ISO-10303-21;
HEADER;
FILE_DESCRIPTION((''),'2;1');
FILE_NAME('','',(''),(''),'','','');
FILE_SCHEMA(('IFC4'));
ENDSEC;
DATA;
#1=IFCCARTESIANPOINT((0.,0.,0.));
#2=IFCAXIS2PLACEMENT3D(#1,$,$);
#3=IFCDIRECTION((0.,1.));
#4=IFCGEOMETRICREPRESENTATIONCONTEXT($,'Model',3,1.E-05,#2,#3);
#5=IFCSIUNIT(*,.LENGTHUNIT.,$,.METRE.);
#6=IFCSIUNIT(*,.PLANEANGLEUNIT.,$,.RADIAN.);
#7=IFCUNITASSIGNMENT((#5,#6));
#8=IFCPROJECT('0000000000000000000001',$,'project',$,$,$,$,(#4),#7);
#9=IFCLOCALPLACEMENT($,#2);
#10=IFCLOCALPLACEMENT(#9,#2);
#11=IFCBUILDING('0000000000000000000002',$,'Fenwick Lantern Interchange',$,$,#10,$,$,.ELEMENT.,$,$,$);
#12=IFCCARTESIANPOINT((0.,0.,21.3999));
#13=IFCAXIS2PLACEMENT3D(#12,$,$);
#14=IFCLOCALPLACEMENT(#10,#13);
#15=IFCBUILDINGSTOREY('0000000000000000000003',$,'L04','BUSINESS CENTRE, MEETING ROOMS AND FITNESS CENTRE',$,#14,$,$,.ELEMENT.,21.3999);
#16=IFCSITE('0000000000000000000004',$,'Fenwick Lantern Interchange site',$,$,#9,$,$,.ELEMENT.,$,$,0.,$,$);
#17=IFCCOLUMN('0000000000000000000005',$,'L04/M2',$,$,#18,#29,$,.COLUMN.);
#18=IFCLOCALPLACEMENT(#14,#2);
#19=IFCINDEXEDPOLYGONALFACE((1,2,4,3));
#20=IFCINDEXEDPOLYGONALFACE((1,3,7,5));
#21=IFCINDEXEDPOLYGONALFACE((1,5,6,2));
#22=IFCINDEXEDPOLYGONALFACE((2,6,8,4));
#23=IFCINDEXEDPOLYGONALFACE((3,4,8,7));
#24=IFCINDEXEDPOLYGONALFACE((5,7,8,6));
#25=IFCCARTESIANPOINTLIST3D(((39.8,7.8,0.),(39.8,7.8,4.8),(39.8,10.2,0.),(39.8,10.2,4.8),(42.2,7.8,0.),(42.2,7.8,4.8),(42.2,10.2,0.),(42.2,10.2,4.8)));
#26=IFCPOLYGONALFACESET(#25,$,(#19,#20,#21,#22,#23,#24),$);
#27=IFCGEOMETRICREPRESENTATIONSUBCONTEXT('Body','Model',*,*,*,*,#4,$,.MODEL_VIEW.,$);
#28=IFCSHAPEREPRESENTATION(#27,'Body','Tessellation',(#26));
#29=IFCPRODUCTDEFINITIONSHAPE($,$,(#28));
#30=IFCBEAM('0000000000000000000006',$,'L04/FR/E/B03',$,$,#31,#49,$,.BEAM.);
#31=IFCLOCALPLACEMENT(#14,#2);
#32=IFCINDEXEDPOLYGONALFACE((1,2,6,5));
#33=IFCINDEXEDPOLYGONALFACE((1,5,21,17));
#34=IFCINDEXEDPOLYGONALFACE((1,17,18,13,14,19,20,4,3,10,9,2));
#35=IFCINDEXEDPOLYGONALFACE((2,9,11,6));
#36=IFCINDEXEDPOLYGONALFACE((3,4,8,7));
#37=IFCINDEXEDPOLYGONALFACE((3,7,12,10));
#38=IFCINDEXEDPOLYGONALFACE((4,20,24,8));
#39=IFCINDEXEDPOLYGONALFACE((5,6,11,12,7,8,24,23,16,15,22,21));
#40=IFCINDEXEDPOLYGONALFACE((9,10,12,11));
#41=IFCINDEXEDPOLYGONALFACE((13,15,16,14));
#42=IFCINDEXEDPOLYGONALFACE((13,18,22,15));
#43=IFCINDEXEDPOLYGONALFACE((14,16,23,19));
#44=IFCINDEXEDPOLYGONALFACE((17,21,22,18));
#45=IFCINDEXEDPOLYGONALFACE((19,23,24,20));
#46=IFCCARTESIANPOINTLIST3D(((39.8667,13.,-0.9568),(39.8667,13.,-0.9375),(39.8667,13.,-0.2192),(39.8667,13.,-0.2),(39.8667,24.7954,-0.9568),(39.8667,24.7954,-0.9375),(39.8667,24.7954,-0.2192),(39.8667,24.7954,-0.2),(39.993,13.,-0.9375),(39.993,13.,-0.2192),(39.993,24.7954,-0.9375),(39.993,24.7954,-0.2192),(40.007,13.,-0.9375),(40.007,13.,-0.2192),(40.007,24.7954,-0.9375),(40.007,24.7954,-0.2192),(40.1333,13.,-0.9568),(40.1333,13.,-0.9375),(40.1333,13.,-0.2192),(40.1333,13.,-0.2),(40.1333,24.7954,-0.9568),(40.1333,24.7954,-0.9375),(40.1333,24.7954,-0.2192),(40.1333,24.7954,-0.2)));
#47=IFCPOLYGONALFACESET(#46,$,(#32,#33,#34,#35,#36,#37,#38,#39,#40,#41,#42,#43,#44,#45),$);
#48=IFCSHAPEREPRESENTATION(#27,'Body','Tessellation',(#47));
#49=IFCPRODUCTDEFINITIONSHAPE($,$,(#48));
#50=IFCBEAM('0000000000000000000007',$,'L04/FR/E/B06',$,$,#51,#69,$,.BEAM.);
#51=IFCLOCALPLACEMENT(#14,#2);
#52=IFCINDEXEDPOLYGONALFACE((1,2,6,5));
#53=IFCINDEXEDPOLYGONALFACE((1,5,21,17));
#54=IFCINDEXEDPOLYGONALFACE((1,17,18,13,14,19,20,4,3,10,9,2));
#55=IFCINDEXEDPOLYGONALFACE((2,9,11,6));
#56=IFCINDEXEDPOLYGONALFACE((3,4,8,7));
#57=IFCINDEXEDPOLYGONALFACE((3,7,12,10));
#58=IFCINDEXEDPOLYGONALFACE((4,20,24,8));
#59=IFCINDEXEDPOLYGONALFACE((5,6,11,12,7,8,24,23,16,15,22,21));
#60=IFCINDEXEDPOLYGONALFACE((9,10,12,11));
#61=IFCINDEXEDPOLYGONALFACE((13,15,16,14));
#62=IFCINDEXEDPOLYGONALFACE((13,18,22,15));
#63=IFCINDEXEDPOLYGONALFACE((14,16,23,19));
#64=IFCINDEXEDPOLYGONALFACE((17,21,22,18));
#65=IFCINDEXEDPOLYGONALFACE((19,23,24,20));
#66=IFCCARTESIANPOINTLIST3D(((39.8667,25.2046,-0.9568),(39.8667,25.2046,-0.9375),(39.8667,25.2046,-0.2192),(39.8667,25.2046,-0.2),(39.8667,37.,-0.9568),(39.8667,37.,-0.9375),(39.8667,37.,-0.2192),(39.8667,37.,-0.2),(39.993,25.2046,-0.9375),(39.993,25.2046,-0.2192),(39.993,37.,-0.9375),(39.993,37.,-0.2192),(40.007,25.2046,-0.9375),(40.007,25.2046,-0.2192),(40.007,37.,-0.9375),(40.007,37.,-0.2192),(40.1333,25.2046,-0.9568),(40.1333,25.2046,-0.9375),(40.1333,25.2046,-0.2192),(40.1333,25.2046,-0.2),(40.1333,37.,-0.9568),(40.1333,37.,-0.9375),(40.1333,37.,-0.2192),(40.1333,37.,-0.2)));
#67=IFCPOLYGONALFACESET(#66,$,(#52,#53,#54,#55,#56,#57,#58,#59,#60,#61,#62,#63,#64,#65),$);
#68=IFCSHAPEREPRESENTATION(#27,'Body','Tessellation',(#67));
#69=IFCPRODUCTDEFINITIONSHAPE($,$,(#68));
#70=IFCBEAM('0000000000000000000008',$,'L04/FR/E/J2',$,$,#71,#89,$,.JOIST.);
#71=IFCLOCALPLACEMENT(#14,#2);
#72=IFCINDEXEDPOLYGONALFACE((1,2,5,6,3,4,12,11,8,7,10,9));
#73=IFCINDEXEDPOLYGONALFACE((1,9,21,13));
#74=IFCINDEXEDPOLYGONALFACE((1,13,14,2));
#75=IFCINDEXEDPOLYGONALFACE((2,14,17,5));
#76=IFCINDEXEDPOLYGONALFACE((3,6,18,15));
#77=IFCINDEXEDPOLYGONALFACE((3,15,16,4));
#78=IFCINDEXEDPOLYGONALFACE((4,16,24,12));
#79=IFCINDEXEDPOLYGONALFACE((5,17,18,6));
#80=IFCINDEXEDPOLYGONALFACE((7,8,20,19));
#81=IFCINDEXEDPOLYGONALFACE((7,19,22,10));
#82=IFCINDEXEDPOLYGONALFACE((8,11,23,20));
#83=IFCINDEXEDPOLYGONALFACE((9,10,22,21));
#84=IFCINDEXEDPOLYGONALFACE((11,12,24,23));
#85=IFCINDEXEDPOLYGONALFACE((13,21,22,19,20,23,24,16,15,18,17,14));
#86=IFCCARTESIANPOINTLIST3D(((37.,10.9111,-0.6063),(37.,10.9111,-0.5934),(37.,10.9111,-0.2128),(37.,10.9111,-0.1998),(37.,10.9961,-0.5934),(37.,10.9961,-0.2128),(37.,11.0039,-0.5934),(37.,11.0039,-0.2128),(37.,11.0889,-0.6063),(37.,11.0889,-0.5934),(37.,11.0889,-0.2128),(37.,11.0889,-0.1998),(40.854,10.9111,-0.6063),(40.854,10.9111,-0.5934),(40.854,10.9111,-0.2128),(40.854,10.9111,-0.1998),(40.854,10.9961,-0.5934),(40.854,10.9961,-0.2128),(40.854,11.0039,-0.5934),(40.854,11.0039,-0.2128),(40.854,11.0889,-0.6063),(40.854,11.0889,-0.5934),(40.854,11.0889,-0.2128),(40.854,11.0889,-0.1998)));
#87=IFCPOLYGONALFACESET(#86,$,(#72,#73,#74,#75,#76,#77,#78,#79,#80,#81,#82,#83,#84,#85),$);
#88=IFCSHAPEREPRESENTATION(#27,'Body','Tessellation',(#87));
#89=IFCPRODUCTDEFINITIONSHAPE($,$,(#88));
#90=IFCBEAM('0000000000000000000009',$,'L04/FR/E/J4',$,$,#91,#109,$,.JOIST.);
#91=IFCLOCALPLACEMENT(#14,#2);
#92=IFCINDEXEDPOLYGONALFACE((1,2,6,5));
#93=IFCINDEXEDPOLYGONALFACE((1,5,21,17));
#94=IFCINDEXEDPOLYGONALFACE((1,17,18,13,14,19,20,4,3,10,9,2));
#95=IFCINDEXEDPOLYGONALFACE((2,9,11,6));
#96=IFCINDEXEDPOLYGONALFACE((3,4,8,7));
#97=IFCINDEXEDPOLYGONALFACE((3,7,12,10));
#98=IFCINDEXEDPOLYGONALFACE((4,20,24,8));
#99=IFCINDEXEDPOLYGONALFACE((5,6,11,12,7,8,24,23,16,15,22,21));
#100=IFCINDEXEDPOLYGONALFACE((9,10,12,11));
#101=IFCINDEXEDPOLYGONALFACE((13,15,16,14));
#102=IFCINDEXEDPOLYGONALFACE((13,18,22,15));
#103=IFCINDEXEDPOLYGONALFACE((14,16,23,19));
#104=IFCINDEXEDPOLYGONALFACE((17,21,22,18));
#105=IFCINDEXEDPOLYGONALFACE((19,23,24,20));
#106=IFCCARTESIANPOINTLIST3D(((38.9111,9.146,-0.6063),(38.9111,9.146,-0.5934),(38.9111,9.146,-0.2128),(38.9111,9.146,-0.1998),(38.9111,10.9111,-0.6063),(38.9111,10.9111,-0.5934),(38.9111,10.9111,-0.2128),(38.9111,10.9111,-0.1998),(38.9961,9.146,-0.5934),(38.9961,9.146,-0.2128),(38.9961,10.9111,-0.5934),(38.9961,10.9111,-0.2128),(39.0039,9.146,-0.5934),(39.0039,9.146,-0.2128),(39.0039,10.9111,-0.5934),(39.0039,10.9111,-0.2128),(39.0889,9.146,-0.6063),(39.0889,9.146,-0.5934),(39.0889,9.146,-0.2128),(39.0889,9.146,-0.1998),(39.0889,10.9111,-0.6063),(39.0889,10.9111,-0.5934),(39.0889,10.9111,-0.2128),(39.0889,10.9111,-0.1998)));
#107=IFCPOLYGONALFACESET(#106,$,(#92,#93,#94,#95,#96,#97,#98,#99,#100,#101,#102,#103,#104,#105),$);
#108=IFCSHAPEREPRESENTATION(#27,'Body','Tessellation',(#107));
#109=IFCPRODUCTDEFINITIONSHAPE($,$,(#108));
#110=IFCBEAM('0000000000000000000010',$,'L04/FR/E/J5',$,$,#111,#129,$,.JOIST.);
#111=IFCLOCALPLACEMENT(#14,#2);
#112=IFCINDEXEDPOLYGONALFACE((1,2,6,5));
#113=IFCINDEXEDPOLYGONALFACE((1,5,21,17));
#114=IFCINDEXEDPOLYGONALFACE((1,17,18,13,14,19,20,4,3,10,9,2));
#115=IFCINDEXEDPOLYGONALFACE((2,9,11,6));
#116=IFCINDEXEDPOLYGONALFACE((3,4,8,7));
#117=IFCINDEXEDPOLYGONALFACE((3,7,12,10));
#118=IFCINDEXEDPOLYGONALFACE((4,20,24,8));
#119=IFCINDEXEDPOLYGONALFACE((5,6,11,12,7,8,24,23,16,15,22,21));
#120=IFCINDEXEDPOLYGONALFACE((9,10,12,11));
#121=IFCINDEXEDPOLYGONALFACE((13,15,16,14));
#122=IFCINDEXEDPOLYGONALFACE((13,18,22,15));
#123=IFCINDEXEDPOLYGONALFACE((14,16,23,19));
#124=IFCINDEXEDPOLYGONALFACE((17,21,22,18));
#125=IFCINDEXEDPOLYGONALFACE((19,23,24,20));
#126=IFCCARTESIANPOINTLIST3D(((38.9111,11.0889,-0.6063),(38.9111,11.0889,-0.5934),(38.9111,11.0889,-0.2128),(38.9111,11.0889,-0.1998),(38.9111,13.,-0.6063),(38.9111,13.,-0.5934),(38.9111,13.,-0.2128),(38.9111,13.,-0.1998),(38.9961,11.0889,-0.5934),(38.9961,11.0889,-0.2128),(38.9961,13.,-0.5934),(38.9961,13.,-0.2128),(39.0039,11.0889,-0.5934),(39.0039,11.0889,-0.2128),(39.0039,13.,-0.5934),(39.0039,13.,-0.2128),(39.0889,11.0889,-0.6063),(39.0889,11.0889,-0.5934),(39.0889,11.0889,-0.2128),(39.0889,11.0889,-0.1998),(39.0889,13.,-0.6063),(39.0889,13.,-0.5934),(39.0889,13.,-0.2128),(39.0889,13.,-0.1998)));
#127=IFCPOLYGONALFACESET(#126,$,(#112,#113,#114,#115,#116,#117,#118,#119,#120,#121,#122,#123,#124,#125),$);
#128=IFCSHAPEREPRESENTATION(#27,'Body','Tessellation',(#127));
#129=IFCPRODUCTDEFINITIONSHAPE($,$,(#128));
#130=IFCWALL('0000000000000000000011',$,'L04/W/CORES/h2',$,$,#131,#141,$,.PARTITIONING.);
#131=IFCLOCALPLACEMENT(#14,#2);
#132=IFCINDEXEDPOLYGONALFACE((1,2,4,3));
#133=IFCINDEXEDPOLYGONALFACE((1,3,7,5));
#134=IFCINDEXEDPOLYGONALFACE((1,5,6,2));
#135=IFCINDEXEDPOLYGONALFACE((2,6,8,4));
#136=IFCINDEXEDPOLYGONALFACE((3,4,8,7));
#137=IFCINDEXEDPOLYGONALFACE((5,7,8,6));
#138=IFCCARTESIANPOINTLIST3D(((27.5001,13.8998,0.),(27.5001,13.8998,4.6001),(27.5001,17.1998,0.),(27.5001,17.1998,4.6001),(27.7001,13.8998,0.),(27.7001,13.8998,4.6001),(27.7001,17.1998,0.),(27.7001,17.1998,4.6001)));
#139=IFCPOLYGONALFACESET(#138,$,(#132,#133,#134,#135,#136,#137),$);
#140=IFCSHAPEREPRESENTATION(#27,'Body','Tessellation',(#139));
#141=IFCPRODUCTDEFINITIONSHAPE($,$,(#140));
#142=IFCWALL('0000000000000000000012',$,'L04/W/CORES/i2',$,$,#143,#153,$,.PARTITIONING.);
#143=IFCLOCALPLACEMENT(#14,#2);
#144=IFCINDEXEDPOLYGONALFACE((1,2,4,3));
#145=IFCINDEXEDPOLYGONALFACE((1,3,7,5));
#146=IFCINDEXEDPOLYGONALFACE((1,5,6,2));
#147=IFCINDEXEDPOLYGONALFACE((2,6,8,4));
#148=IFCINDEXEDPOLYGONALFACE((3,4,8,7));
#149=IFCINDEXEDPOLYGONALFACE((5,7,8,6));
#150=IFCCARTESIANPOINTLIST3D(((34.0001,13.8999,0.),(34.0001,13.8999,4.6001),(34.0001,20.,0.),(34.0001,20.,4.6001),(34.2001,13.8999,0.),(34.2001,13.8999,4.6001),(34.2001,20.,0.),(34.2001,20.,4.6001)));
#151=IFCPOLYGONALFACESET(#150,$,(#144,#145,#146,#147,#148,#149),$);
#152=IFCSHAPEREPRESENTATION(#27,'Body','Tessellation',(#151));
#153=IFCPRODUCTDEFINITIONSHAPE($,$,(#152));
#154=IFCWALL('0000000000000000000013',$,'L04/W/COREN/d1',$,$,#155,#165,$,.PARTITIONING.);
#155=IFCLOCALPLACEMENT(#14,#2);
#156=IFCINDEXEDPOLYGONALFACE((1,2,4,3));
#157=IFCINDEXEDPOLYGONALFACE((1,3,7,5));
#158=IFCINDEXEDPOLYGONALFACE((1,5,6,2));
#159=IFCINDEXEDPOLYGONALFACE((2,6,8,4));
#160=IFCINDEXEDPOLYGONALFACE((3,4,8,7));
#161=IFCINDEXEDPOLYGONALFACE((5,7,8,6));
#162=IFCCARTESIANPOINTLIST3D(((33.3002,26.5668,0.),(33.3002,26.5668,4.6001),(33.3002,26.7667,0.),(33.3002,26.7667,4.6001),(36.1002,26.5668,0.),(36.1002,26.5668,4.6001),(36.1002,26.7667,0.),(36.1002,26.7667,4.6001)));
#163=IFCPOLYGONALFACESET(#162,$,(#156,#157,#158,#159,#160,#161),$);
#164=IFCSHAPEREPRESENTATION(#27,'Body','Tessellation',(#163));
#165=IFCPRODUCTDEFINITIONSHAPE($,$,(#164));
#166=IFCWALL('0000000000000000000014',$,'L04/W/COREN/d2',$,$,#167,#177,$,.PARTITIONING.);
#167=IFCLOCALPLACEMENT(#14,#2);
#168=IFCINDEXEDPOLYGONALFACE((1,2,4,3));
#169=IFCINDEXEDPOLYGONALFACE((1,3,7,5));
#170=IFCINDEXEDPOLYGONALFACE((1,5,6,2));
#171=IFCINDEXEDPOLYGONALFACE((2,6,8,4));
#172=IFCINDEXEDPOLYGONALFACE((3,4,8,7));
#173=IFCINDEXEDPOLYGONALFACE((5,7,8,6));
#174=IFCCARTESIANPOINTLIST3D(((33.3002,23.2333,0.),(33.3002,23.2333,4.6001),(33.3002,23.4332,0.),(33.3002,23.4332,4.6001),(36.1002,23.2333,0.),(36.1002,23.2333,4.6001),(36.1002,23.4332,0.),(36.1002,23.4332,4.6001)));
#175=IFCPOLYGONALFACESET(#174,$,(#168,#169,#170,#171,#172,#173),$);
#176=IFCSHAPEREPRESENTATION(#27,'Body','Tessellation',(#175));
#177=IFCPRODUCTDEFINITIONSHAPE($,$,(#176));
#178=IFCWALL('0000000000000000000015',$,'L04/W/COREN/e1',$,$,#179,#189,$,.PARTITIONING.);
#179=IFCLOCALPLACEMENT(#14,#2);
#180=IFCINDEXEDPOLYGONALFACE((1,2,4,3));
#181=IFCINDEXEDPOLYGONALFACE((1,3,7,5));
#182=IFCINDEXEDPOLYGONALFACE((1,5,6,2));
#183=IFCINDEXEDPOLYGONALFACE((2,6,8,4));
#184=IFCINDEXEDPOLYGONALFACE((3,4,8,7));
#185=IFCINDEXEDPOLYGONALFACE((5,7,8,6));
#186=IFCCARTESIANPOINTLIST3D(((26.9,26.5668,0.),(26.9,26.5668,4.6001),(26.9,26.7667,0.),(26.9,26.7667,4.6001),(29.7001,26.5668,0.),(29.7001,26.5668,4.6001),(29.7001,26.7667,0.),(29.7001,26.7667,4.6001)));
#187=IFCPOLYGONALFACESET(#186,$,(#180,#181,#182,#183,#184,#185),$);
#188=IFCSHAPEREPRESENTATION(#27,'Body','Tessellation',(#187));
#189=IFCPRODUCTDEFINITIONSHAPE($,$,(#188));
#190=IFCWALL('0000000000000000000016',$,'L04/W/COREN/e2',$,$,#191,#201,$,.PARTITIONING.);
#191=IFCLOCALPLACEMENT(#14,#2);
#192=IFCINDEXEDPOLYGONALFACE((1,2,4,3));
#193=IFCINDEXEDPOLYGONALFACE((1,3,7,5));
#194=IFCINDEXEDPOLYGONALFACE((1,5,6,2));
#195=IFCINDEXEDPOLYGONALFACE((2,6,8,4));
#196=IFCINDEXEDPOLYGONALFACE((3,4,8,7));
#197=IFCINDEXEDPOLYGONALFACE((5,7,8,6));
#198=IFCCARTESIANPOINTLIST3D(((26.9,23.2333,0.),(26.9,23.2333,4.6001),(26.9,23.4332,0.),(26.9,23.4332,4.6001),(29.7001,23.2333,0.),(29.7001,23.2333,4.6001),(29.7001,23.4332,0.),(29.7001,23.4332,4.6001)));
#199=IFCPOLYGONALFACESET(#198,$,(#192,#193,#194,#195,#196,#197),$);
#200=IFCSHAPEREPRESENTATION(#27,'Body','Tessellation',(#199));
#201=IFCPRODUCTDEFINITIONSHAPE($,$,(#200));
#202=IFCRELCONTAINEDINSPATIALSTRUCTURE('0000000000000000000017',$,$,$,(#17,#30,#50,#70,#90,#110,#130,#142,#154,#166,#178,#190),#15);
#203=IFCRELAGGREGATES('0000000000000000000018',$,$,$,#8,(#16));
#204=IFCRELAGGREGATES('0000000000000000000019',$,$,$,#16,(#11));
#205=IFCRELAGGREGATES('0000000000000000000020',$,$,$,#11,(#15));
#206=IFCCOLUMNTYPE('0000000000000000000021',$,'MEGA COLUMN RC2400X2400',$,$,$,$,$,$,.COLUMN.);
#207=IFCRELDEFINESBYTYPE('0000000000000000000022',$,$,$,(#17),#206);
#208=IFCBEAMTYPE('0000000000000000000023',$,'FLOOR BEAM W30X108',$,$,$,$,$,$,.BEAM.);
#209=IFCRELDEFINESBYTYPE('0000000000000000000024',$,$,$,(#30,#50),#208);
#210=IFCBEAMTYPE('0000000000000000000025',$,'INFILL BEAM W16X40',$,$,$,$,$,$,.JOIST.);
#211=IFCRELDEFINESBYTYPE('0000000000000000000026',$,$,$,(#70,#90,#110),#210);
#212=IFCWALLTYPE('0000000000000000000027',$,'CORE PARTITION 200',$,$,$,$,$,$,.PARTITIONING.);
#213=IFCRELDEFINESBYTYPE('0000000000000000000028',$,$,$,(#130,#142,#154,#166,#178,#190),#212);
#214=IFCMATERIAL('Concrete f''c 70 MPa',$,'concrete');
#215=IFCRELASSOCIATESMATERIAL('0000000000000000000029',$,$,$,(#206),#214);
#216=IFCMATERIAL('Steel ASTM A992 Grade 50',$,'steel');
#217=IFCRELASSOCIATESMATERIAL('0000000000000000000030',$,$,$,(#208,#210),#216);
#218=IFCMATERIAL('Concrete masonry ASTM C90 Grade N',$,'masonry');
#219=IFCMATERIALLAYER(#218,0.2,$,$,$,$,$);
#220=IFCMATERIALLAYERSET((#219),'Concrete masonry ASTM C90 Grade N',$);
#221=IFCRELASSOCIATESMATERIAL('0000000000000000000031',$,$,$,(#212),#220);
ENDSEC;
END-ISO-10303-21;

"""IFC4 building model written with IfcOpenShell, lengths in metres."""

from ifc_helpers import new_model, si_unit, direction, frame, frame_2d, origin, origin_2d, place, context, subcontext, project, spatial, rectangle, i_section, extrude, material, layer, layer_set, material_profile, profile_set, type_object, element, save


model = new_model("IFC4")

# Units and contexts
model_context = context("Model", 3, precision=1e-05, world=origin(), true_north=direction((0.0, 1.0)))
body_context = subcontext(model_context, "Body", "Model", "MODEL_VIEW")
ifc_project = project(units=[si_unit("LENGTHUNIT", "METRE"), si_unit("PLANEANGLEUNIT", "RADIAN")], contexts=[model_context])

# Site, building, storey
site_placement = place(None, origin())
site = spatial("IfcSite", under=ifc_project, at=site_placement, Name="Fenwick Lantern Interchange site", CompositionType="ELEMENT", RefElevation=0.0)
building_placement = place(site_placement, origin())
building = spatial("IfcBuilding", under=site, at=building_placement, Name="Fenwick Lantern Interchange", CompositionType="ELEMENT")
storey_placement = place(building_placement, frame((0.0, 0.0, 21.3999)))
storey = spatial("IfcBuildingStorey", under=building, at=storey_placement, Name="L04", Description="BUSINESS CENTRE, MEETING ROOMS AND FITNESS CENTRE", CompositionType="ELEMENT", Elevation=21.3999)

# Column
ifc_material_1 = material(Name="Concrete f'c 70 MPa", Category="concrete")
ifc_material_profile_1 = material_profile(ifc_material_1, rectangle(XDim=2.3999, YDim=2.3999, at=origin_2d()), Name="RC2400X2400")
ifc_profile_set_1 = profile_set([ifc_material_profile_1], Name="Concrete f'c 70 MPa")
column_type = type_object("IfcColumnType", Name="MEGA COLUMN RC2400X2400", PredefinedType="COLUMN", material=ifc_profile_set_1)
column_placement = place(storey_placement, frame((41.0, 9.0, 0.0), z_axis=(0.0, 0.0, 1.0), x_axis=(1.0, 0.0, 0.0)))
element("IfcColumn", 1, at=column_placement, inside=storey, type_object=column_type, Name="L04/M2", PredefinedType="COLUMN", context=body_context, shape_type="SweptSolid", body=[
    extrude(rectangle(XDim=2.3999, YDim=2.3999, at=origin_2d()), origin(), (0.0, 0.0, 1.0), 4.8),
])

# Beams
ifc_material_2 = material(Name="Steel ASTM A992 Grade 50", Category="steel")
ifc_material_profile_2 = material_profile(ifc_material_2, i_section(OverallWidth=0.2666, OverallDepth=0.7568, WebThickness=0.0139, FlangeThickness=0.0193, at=origin_2d()), Name="W30X108")
ifc_profile_set_2 = profile_set([ifc_material_profile_2], Name="Steel ASTM A992 Grade 50")
beam_type_1 = type_object("IfcBeamType", Name="FLOOR BEAM W30X108", PredefinedType="BEAM", material=ifc_profile_set_2)
for number, where, z_axis, x_axis, name in (
    (2, (40.0, 13.0, -0.5784), (0.0, 1.0, 0.0), (-1.0, 0.0, 0.0), "L04/FR/E/B03"),
    (3, (40.0, 25.2046, -0.5784), (0.0, 1.0, 0.0), (-1.0, 0.0, 0.0), "L04/FR/E/B06"),
):
    element("IfcBeam", number, at=place(storey_placement, frame(where, z_axis=z_axis, x_axis=x_axis)), inside=storey, type_object=beam_type_1, Name=name, PredefinedType="BEAM", context=body_context, shape_type="SweptSolid", body=[
        extrude(i_section(OverallWidth=0.2666, OverallDepth=0.7568, WebThickness=0.0139, FlangeThickness=0.0193, at=origin_2d()), origin(), (0.0, 0.0, 1.0), 11.7954),
    ])
ifc_material_profile_3 = material_profile(ifc_material_2, i_section(OverallWidth=0.1777, OverallDepth=0.4065, WebThickness=0.0078, FlangeThickness=0.0129, at=origin_2d()), Name="W16X40")
ifc_profile_set_3 = profile_set([ifc_material_profile_3], Name="Steel ASTM A992 Grade 50")
beam_type_2 = type_object("IfcBeamType", Name="INFILL BEAM W16X40", PredefinedType="JOIST", material=ifc_profile_set_3)
beam_1_placement = place(storey_placement, frame((40.854, 11.0, -0.4031), z_axis=(-1.0, 0.0, 0.0), x_axis=(0.0, -1.0, 0.0)))
element("IfcBeam", 4, at=beam_1_placement, inside=storey, type_object=beam_type_2, Name="L04/FR/E/J2", PredefinedType="JOIST", context=body_context, shape_type="SweptSolid", body=[
    extrude(i_section(OverallWidth=0.1777, OverallDepth=0.4065, WebThickness=0.0078, FlangeThickness=0.0129, at=origin_2d()), origin(), (0.0, 0.0, 1.0), 3.854),
])
beam_2_placement = place(storey_placement, frame((39.0, 9.146, -0.4031), z_axis=(0.0, 1.0, 0.0), x_axis=(-1.0, 0.0, 0.0)))
element("IfcBeam", 5, at=beam_2_placement, inside=storey, type_object=beam_type_2, Name="L04/FR/E/J4", PredefinedType="JOIST", context=body_context, shape_type="SweptSolid", body=[
    extrude(i_section(OverallWidth=0.1777, OverallDepth=0.4065, WebThickness=0.0078, FlangeThickness=0.0129, at=origin_2d()), origin(), (0.0, 0.0, 1.0), 1.7651),
])
beam_3_placement = place(storey_placement, frame((39.0, 11.0889, -0.4031), z_axis=(0.0, 1.0, 0.0), x_axis=(-1.0, 0.0, 0.0)))
element("IfcBeam", 6, at=beam_3_placement, inside=storey, type_object=beam_type_2, Name="L04/FR/E/J5", PredefinedType="JOIST", context=body_context, shape_type="SweptSolid", body=[
    extrude(i_section(OverallWidth=0.1777, OverallDepth=0.4065, WebThickness=0.0078, FlangeThickness=0.0129, at=origin_2d()), origin(), (0.0, 0.0, 1.0), 1.9111),
])

# Walls
ifc_material_3 = material(Name="Concrete masonry ASTM C90 Grade N", Category="masonry")
ifc_layer_1 = layer(ifc_material_3, 0.2)
ifc_layer_set_1 = layer_set([ifc_layer_1], Name="Concrete masonry ASTM C90 Grade N")
wall_type_1 = type_object("IfcWallType", Name="CORE PARTITION 200", PredefinedType="PARTITIONING", material=ifc_layer_set_1)
wall_1_placement = place(storey_placement, frame((27.6001, 13.8999, 0.0), z_axis=(0.0, 0.0, 1.0), x_axis=(0.0, 1.0, 0.0)))
element("IfcWall", 7, at=wall_1_placement, inside=storey, type_object=wall_type_1, Name="L04/W/CORES/h2", PredefinedType="PARTITIONING", context=body_context, shape_type="SweptSolid", body=[
    extrude(rectangle(XDim=3.3, YDim=0.2, at=frame_2d((1.6499, 0.0))), origin(), (0.0, 0.0, 1.0), 4.6001),
])
wall_2_placement = place(storey_placement, frame((34.1001, 13.8999, 0.0), z_axis=(0.0, 0.0, 1.0), x_axis=(0.0, 1.0, 0.0)))
element("IfcWall", 8, at=wall_2_placement, inside=storey, type_object=wall_type_1, Name="L04/W/CORES/i2", PredefinedType="PARTITIONING", context=body_context, shape_type="SweptSolid", body=[
    extrude(rectangle(XDim=6.1001, YDim=0.2, at=frame_2d((3.05, 0.0))), origin(), (0.0, 0.0, 1.0), 4.6001),
])
for number, where, z_axis, x_axis, name in (
    (9, (36.1001, 26.6667, 0.0), (0.0, 0.0, 1.0), (-1.0, 0.0, 0.0), "L04/W/COREN/d1"),
    (10, (36.1001, 23.3333, 0.0), (0.0, 0.0, 1.0), (-1.0, 0.0, 0.0), "L04/W/COREN/d2"),
    (11, (29.7, 26.6667, 0.0), (0.0, 0.0, 1.0), (-1.0, 0.0, 0.0), "L04/W/COREN/e1"),
    (12, (29.7, 23.3333, 0.0), (0.0, 0.0, 1.0), (-1.0, 0.0, 0.0), "L04/W/COREN/e2"),
):
    element("IfcWall", number, at=place(storey_placement, frame(where, z_axis=z_axis, x_axis=x_axis)), inside=storey, type_object=wall_type_1, Name=name, PredefinedType="PARTITIONING", context=body_context, shape_type="SweptSolid", body=[
        extrude(rectangle(XDim=2.8, YDim=0.2, at=frame_2d((1.3999, 0.0))), origin(), (0.0, 0.0, 1.0), 4.6001),
    ])

save(model, "model.ifc")
